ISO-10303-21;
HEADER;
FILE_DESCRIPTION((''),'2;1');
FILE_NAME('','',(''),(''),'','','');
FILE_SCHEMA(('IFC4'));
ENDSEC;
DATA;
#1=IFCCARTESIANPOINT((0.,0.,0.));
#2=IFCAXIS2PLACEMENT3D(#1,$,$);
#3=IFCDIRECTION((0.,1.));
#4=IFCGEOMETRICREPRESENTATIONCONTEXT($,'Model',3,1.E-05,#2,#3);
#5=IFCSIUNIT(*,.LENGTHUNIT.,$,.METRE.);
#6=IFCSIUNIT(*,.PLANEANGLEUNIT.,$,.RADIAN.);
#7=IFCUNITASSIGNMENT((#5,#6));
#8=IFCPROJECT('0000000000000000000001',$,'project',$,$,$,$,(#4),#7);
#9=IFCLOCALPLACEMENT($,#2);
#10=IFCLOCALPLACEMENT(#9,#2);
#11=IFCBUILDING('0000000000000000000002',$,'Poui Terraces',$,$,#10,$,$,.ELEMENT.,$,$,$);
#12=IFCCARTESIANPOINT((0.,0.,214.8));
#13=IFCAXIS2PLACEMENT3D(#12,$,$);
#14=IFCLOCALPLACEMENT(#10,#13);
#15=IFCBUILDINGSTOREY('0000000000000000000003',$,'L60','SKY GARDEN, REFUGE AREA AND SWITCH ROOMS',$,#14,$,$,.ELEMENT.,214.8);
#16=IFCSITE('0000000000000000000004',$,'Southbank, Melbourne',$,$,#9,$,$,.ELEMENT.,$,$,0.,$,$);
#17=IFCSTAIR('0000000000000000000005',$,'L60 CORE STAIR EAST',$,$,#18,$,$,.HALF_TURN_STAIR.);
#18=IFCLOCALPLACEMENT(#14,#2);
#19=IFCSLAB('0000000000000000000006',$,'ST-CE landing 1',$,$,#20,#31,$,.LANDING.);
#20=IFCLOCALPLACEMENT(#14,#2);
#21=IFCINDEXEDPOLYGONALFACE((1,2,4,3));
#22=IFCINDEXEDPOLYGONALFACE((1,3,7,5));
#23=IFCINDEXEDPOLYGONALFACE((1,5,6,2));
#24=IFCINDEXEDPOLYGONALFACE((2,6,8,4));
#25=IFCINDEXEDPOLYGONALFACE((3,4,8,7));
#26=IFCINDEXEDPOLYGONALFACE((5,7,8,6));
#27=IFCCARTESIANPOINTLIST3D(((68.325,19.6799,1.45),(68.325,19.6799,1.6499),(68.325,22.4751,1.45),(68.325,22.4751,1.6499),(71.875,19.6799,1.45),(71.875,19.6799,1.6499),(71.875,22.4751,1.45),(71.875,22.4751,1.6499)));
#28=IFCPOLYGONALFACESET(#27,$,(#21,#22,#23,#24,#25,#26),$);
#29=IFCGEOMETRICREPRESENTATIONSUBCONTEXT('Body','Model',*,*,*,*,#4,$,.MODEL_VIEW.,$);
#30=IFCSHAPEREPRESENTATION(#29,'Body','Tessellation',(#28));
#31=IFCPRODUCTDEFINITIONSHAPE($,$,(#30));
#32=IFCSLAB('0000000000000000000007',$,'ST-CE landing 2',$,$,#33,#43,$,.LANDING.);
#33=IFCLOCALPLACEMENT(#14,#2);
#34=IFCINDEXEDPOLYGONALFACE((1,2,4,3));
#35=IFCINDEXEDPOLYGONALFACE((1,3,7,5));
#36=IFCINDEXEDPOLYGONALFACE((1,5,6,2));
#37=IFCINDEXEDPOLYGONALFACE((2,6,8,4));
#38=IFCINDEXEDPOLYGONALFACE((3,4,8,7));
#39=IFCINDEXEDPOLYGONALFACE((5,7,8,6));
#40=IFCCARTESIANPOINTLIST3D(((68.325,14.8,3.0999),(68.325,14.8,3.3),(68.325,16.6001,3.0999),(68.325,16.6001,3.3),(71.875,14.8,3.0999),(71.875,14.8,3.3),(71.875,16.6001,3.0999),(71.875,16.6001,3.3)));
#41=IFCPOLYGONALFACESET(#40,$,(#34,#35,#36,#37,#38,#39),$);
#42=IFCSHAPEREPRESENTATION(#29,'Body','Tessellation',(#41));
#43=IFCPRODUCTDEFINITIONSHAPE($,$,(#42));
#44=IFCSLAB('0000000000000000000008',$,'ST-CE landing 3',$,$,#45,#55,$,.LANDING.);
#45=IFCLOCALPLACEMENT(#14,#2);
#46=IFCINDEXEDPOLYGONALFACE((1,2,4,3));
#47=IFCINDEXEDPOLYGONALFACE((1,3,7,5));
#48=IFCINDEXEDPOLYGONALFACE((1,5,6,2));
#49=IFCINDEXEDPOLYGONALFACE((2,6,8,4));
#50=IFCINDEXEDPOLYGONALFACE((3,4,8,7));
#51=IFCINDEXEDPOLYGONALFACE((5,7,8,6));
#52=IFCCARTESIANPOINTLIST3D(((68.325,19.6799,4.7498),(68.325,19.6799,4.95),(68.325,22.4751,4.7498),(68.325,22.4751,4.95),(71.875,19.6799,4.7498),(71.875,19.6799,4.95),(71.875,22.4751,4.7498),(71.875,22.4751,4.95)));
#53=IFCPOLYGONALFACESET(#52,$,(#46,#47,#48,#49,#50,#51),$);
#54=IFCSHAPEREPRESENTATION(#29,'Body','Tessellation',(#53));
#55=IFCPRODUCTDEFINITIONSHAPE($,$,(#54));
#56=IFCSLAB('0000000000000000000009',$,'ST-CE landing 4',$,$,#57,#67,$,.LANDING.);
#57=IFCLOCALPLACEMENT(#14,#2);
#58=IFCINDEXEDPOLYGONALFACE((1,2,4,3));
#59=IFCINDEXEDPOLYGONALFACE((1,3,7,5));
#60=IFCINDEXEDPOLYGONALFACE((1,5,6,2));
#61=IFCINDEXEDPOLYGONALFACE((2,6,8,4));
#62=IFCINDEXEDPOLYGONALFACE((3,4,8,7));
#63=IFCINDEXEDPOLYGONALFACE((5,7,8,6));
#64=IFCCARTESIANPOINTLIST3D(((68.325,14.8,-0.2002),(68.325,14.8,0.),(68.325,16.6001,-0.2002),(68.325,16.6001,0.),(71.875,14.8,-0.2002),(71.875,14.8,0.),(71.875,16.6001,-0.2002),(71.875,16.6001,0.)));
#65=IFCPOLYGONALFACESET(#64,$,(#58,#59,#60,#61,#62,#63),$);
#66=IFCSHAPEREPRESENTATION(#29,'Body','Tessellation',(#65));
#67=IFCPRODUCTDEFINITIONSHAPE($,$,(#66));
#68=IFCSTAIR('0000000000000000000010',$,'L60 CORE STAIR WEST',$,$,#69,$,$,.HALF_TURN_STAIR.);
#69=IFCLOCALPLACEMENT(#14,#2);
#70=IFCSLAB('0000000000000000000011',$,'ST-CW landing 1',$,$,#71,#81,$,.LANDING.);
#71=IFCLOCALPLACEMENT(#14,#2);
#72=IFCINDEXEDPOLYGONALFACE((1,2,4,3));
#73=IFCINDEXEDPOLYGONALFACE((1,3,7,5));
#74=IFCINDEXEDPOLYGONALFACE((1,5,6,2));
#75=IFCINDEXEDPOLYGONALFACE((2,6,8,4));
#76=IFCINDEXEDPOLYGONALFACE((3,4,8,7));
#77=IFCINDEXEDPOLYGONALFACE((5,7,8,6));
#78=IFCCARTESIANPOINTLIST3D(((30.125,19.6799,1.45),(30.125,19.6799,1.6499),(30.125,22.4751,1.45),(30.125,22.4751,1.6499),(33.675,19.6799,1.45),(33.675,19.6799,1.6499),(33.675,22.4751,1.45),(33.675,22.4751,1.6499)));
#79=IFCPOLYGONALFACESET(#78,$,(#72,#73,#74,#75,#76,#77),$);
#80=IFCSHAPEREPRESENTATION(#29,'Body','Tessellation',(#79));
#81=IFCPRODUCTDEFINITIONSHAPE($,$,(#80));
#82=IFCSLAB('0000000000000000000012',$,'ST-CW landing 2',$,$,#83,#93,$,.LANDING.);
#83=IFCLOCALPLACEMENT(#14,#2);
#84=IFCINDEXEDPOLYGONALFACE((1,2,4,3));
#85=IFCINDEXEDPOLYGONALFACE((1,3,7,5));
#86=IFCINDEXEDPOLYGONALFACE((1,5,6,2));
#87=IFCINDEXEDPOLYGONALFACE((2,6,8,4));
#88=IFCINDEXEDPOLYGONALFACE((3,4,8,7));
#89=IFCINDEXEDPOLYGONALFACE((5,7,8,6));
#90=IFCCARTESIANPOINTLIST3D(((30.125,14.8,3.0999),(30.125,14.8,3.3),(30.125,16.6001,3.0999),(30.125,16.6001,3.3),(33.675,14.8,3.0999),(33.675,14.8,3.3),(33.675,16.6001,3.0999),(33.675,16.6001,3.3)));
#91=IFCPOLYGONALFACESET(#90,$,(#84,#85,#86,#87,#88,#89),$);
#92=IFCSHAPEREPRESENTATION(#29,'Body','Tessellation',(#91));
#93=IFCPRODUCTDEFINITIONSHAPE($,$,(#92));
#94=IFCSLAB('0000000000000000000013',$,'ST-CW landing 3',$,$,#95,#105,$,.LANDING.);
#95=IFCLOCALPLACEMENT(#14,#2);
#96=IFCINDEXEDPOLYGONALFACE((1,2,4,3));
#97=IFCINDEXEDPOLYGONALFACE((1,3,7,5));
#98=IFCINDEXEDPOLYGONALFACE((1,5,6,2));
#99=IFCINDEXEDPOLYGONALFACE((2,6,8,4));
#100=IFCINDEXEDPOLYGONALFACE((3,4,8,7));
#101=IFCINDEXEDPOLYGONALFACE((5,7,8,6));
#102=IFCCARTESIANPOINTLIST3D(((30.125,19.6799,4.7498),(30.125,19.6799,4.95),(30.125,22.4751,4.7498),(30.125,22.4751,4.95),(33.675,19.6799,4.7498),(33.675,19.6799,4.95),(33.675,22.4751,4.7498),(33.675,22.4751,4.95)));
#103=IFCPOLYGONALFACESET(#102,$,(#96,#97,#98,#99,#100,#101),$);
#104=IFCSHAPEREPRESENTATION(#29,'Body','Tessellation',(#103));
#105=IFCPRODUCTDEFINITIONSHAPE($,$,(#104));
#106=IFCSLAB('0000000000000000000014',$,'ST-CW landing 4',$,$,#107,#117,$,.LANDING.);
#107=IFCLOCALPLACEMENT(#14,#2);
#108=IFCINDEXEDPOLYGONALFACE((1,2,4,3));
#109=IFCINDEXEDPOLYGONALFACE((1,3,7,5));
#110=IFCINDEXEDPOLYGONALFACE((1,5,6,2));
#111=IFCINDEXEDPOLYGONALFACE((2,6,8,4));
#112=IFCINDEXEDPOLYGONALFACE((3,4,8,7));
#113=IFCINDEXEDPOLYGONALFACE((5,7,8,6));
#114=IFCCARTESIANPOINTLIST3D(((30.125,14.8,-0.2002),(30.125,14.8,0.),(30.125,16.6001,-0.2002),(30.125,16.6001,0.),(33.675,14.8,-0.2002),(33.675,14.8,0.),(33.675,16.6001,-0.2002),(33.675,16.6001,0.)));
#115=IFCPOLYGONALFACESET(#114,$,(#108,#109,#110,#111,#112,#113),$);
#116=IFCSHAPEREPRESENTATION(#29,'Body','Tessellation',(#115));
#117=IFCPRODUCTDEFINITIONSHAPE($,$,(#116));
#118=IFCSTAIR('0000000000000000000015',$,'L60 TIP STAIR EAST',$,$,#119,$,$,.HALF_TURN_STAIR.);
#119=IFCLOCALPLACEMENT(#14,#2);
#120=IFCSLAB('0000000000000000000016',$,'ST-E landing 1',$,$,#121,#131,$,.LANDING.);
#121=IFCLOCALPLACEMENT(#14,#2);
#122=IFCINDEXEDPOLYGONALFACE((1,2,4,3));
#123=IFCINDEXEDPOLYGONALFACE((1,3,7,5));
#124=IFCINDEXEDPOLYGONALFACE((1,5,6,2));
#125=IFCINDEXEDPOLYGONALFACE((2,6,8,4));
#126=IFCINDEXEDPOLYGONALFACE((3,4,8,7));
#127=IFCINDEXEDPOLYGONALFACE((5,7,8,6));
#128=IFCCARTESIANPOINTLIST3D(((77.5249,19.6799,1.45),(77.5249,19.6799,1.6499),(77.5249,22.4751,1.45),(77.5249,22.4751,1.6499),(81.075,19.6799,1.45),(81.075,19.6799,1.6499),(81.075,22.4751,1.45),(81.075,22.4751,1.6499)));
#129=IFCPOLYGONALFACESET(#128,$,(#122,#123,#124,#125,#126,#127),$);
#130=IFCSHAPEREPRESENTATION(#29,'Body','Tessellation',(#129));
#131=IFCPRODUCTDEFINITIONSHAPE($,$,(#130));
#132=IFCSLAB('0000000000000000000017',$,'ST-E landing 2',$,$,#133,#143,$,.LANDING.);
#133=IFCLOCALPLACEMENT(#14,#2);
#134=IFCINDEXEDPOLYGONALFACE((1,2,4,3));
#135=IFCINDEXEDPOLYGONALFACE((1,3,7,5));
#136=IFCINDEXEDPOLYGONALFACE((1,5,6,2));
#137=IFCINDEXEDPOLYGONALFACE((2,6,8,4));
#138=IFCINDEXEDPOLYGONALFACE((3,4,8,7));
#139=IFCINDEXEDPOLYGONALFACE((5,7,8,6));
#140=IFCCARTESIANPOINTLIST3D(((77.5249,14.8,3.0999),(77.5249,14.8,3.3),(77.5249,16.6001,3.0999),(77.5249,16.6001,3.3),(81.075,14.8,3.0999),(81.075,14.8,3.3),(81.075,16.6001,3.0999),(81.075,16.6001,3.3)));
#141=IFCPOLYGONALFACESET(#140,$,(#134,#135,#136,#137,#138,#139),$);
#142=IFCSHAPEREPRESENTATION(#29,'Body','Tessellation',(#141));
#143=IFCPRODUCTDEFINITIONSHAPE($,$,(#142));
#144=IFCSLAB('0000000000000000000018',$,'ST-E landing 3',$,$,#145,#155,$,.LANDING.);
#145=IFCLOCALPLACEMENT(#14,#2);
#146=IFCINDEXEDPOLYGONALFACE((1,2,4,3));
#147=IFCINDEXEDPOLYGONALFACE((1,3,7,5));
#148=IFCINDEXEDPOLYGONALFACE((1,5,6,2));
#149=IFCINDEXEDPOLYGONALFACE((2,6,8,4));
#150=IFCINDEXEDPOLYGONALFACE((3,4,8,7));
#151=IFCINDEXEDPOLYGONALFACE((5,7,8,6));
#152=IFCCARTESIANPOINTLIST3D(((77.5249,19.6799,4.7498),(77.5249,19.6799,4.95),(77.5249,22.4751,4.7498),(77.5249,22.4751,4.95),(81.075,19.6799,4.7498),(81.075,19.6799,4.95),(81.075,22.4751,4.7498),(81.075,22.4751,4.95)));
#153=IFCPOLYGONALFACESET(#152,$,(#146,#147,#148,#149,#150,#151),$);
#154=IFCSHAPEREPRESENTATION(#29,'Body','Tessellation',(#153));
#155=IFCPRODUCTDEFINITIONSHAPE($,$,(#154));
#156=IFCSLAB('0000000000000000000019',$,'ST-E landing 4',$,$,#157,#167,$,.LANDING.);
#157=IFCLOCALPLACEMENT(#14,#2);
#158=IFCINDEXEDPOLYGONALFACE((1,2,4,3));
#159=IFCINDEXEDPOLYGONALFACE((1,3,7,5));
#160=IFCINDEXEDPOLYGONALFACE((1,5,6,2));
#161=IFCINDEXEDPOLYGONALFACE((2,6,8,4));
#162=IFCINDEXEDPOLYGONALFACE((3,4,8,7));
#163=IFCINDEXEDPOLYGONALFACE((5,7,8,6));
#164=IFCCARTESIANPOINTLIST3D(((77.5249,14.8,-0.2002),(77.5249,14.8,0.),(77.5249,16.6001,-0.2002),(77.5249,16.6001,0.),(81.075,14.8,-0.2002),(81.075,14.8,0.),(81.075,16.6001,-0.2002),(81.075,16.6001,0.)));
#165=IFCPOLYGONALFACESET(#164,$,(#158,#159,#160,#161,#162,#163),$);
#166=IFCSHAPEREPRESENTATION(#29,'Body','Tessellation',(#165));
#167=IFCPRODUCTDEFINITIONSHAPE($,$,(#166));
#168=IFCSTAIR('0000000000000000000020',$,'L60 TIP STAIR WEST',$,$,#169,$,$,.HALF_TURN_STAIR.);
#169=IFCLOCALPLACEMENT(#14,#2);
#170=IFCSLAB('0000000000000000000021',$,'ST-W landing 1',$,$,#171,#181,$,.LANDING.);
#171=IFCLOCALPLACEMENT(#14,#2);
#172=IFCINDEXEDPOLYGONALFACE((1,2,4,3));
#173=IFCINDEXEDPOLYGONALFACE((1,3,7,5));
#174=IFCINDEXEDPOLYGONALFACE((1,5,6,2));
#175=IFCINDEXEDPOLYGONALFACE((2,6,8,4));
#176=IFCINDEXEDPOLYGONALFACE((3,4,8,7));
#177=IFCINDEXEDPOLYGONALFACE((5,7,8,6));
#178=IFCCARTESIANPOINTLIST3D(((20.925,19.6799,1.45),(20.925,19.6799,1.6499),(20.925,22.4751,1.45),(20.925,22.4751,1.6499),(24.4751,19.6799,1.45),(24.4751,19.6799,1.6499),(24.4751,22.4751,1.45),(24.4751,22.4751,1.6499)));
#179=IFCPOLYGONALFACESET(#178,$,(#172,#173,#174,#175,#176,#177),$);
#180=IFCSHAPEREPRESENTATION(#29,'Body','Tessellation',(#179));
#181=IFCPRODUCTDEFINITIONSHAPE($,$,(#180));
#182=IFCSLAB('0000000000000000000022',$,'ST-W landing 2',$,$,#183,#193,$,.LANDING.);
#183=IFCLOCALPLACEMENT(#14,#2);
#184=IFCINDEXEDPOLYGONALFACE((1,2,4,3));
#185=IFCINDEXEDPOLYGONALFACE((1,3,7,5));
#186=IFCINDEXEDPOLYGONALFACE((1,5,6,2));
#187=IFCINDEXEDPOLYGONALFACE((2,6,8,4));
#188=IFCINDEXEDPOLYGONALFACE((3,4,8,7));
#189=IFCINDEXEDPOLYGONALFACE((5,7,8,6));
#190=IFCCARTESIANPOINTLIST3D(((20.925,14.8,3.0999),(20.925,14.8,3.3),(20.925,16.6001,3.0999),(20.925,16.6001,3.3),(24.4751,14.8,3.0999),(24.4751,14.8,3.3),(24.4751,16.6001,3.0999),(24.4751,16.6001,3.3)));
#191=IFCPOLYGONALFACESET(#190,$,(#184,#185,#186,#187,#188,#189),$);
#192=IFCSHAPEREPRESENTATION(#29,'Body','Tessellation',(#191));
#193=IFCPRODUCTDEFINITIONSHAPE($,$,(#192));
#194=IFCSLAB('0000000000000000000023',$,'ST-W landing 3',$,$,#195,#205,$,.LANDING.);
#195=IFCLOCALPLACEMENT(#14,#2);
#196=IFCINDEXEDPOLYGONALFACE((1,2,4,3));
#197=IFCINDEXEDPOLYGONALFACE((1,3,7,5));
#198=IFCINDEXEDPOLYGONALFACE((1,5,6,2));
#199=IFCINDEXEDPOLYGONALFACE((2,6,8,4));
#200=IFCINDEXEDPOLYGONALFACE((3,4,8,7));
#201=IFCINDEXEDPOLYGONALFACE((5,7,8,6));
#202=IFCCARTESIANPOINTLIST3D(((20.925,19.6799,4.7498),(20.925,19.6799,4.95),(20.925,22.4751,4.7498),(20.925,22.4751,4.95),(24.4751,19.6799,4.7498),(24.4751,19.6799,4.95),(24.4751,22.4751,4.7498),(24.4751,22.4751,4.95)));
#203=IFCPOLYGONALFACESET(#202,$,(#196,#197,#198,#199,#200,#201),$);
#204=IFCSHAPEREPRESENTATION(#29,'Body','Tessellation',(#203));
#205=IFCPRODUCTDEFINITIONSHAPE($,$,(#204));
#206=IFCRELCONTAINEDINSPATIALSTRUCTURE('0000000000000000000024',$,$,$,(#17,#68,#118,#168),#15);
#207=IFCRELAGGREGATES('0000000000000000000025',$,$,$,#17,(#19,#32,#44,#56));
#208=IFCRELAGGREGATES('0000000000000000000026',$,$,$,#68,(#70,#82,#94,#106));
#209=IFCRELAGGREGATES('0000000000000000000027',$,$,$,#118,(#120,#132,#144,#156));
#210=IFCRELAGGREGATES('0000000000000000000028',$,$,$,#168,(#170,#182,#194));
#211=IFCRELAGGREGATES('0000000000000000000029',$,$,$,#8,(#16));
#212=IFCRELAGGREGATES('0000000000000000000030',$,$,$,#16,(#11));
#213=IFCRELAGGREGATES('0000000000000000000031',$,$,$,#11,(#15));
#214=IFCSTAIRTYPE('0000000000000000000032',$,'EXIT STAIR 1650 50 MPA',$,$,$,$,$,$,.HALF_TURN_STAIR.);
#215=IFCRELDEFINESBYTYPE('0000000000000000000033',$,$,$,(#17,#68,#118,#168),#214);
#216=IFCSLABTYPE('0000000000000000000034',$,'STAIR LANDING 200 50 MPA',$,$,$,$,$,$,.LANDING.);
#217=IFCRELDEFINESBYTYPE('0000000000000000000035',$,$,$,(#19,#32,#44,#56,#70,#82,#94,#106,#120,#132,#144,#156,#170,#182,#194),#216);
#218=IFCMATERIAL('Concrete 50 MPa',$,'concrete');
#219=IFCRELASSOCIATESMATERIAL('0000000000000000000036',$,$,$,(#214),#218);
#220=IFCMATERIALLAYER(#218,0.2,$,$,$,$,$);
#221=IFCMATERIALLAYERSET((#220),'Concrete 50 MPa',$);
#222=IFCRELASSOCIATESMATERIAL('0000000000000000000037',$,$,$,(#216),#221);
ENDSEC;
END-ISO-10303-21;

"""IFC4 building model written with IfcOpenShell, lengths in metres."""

from ifc_helpers import new_model, si_unit, direction, frame, origin, place, context, subcontext, project, spatial, polyline, outline, extrude, material, layer, layer_set, type_object, element, aggregate, save


model = new_model("IFC4")

# Units and contexts
model_context = context("Model", 3, precision=1e-05, world=origin(), true_north=direction((0.0, 1.0)))
body_context = subcontext(model_context, "Body", "Model", "MODEL_VIEW")
ifc_project = project(units=[si_unit("LENGTHUNIT", "METRE"), si_unit("PLANEANGLEUNIT", "RADIAN")], contexts=[model_context])

# Site, building, storey
site_placement = place(None, origin())
site = spatial("IfcSite", under=ifc_project, at=site_placement, Name="Southbank, Melbourne", CompositionType="ELEMENT", RefElevation=0.0)
building_placement = place(site_placement, origin())
building = spatial("IfcBuilding", under=site, at=building_placement, Name="Poui Terraces", CompositionType="ELEMENT")
storey_placement = place(building_placement, frame((0.0, 0.0, 214.8)))
storey = spatial("IfcBuildingStorey", under=building, at=storey_placement, Name="L60", Description="SKY GARDEN, REFUGE AREA AND SWITCH ROOMS", CompositionType="ELEMENT", Elevation=214.8)

# Stairs, slabs
ifc_material_1 = material(Name="Concrete 50 MPa", Category="concrete")
stair_type = type_object("IfcStairType", Name="EXIT STAIR 1650 50 MPA", PredefinedType="HALF_TURN_STAIR", material=ifc_material_1)
stair_1_placement = place(storey_placement, origin())
stair_1 = element("IfcStair", 1, at=stair_1_placement, inside=storey, type_object=stair_type, Name="L60 CORE STAIR EAST", PredefinedType="HALF_TURN_STAIR")
ifc_layer_1 = layer(ifc_material_1, 0.2)
ifc_layer_set_1 = layer_set([ifc_layer_1], Name="Concrete 50 MPa")
slab_type = type_object("IfcSlabType", Name="STAIR LANDING 200 50 MPA", PredefinedType="LANDING", material=ifc_layer_set_1)
slab_1_placement = place(storey_placement, frame((0.0, 0.0, 1.45)))
slab_1 = element("IfcSlab", 2, at=slab_1_placement, type_object=slab_type, Name="ST-CE landing 1", PredefinedType="LANDING", context=body_context, shape_type="SweptSolid", body=[
    extrude(outline(polyline([(68.325, 19.6799), (71.875, 19.6799), (71.875, 22.4751), (68.325, 22.4751), (68.325, 19.6799)])), origin(), (0.0, 0.0, 1.0), 0.2),
])
slab_2_placement = place(storey_placement, frame((0.0, 0.0, 3.0999)))
slab_2 = element("IfcSlab", 3, at=slab_2_placement, type_object=slab_type, Name="ST-CE landing 2", PredefinedType="LANDING", context=body_context, shape_type="SweptSolid", body=[
    extrude(outline(polyline([(68.325, 14.8), (71.875, 14.8), (71.875, 16.6001), (68.325, 16.6001), (68.325, 14.8)])), origin(), (0.0, 0.0, 1.0), 0.2002),
])
slab_3_placement = place(storey_placement, frame((0.0, 0.0, 4.7498)))
slab_3 = element("IfcSlab", 4, at=slab_3_placement, type_object=slab_type, Name="ST-CE landing 3", PredefinedType="LANDING", context=body_context, shape_type="SweptSolid", body=[
    extrude(outline(polyline([(68.325, 19.6799), (71.875, 19.6799), (71.875, 22.4751), (68.325, 22.4751), (68.325, 19.6799)])), origin(), (0.0, 0.0, 1.0), 0.2002),
])
slab_4_placement = place(storey_placement, frame((0.0, 0.0, -0.2002)))
slab_4 = element("IfcSlab", 5, at=slab_4_placement, type_object=slab_type, Name="ST-CE landing 4", PredefinedType="LANDING", context=body_context, shape_type="SweptSolid", body=[
    extrude(outline(polyline([(68.325, 14.8), (71.875, 14.8), (71.875, 16.6001), (68.325, 16.6001), (68.325, 14.8)])), origin(), (0.0, 0.0, 1.0), 0.2002),
])
aggregate(stair_1, [slab_1, slab_2, slab_3, slab_4])
stair_2_placement = place(storey_placement, origin())
stair_2 = element("IfcStair", 6, at=stair_2_placement, inside=storey, type_object=stair_type, Name="L60 CORE STAIR WEST", PredefinedType="HALF_TURN_STAIR")
slab_5_placement = place(storey_placement, frame((0.0, 0.0, 1.45)))
slab_5 = element("IfcSlab", 7, at=slab_5_placement, type_object=slab_type, Name="ST-CW landing 1", PredefinedType="LANDING", context=body_context, shape_type="SweptSolid", body=[
    extrude(outline(polyline([(30.125, 19.6799), (33.675, 19.6799), (33.675, 22.4751), (30.125, 22.4751), (30.125, 19.6799)])), origin(), (0.0, 0.0, 1.0), 0.2),
])
slab_6_placement = place(storey_placement, frame((0.0, 0.0, 3.0999)))
slab_6 = element("IfcSlab", 8, at=slab_6_placement, type_object=slab_type, Name="ST-CW landing 2", PredefinedType="LANDING", context=body_context, shape_type="SweptSolid", body=[
    extrude(outline(polyline([(30.125, 14.8), (33.675, 14.8), (33.675, 16.6001), (30.125, 16.6001), (30.125, 14.8)])), origin(), (0.0, 0.0, 1.0), 0.2002),
])
slab_7_placement = place(storey_placement, frame((0.0, 0.0, 4.7498)))
slab_7 = element("IfcSlab", 9, at=slab_7_placement, type_object=slab_type, Name="ST-CW landing 3", PredefinedType="LANDING", context=body_context, shape_type="SweptSolid", body=[
    extrude(outline(polyline([(30.125, 19.6799), (33.675, 19.6799), (33.675, 22.4751), (30.125, 22.4751), (30.125, 19.6799)])), origin(), (0.0, 0.0, 1.0), 0.2002),
])
slab_8_placement = place(storey_placement, frame((0.0, 0.0, -0.2002)))
slab_8 = element("IfcSlab", 10, at=slab_8_placement, type_object=slab_type, Name="ST-CW landing 4", PredefinedType="LANDING", context=body_context, shape_type="SweptSolid", body=[
    extrude(outline(polyline([(30.125, 14.8), (33.675, 14.8), (33.675, 16.6001), (30.125, 16.6001), (30.125, 14.8)])), origin(), (0.0, 0.0, 1.0), 0.2002),
])
aggregate(stair_2, [slab_5, slab_6, slab_7, slab_8])
stair_3_placement = place(storey_placement, origin())
stair_3 = element("IfcStair", 11, at=stair_3_placement, inside=storey, type_object=stair_type, Name="L60 TIP STAIR EAST", PredefinedType="HALF_TURN_STAIR")
slab_9_placement = place(storey_placement, frame((0.0, 0.0, 1.45)))
slab_9 = element("IfcSlab", 12, at=slab_9_placement, type_object=slab_type, Name="ST-E landing 1", PredefinedType="LANDING", context=body_context, shape_type="SweptSolid", body=[
    extrude(outline(polyline([(77.5249, 19.6799), (81.075, 19.6799), (81.075, 22.4751), (77.5249, 22.4751), (77.5249, 19.6799)])), origin(), (0.0, 0.0, 1.0), 0.2),
])
slab_10_placement = place(storey_placement, frame((0.0, 0.0, 3.0999)))
slab_10 = element("IfcSlab", 13, at=slab_10_placement, type_object=slab_type, Name="ST-E landing 2", PredefinedType="LANDING", context=body_context, shape_type="SweptSolid", body=[
    extrude(outline(polyline([(77.5249, 14.8), (81.075, 14.8), (81.075, 16.6001), (77.5249, 16.6001), (77.5249, 14.8)])), origin(), (0.0, 0.0, 1.0), 0.2002),
])
slab_11_placement = place(storey_placement, frame((0.0, 0.0, 4.7498)))
slab_11 = element("IfcSlab", 14, at=slab_11_placement, type_object=slab_type, Name="ST-E landing 3", PredefinedType="LANDING", context=body_context, shape_type="SweptSolid", body=[
    extrude(outline(polyline([(77.5249, 19.6799), (81.075, 19.6799), (81.075, 22.4751), (77.5249, 22.4751), (77.5249, 19.6799)])), origin(), (0.0, 0.0, 1.0), 0.2002),
])
slab_12_placement = place(storey_placement, frame((0.0, 0.0, -0.2002)))
slab_12 = element("IfcSlab", 15, at=slab_12_placement, type_object=slab_type, Name="ST-E landing 4", PredefinedType="LANDING", context=body_context, shape_type="SweptSolid", body=[
    extrude(outline(polyline([(77.5249, 14.8), (81.075, 14.8), (81.075, 16.6001), (77.5249, 16.6001), (77.5249, 14.8)])), origin(), (0.0, 0.0, 1.0), 0.2002),
])
aggregate(stair_3, [slab_9, slab_10, slab_11, slab_12])
stair_4_placement = place(storey_placement, origin())
stair_4 = element("IfcStair", 16, at=stair_4_placement, inside=storey, type_object=stair_type, Name="L60 TIP STAIR WEST", PredefinedType="HALF_TURN_STAIR")
slab_13_placement = place(storey_placement, frame((0.0, 0.0, 1.45)))
slab_13 = element("IfcSlab", 17, at=slab_13_placement, type_object=slab_type, Name="ST-W landing 1", PredefinedType="LANDING", context=body_context, shape_type="SweptSolid", body=[
    extrude(outline(polyline([(20.925, 19.6799), (24.4751, 19.6799), (24.4751, 22.4751), (20.925, 22.4751), (20.925, 19.6799)])), origin(), (0.0, 0.0, 1.0), 0.2),
])
slab_14_placement = place(storey_placement, frame((0.0, 0.0, 3.0999)))
slab_14 = element("IfcSlab", 18, at=slab_14_placement, type_object=slab_type, Name="ST-W landing 2", PredefinedType="LANDING", context=body_context, shape_type="SweptSolid", body=[
    extrude(outline(polyline([(20.925, 14.8), (24.4751, 14.8), (24.4751, 16.6001), (20.925, 16.6001), (20.925, 14.8)])), origin(), (0.0, 0.0, 1.0), 0.2002),
])
slab_15_placement = place(storey_placement, frame((0.0, 0.0, 4.7498)))
slab_15 = element("IfcSlab", 19, at=slab_15_placement, type_object=slab_type, Name="ST-W landing 3", PredefinedType="LANDING", context=body_context, shape_type="SweptSolid", body=[
    extrude(outline(polyline([(20.925, 19.6799), (24.4751, 19.6799), (24.4751, 22.4751), (20.925, 22.4751), (20.925, 19.6799)])), origin(), (0.0, 0.0, 1.0), 0.2002),
])

aggregate(stair_4, [slab_13, slab_14, slab_15])

save(model, "model.ifc")
